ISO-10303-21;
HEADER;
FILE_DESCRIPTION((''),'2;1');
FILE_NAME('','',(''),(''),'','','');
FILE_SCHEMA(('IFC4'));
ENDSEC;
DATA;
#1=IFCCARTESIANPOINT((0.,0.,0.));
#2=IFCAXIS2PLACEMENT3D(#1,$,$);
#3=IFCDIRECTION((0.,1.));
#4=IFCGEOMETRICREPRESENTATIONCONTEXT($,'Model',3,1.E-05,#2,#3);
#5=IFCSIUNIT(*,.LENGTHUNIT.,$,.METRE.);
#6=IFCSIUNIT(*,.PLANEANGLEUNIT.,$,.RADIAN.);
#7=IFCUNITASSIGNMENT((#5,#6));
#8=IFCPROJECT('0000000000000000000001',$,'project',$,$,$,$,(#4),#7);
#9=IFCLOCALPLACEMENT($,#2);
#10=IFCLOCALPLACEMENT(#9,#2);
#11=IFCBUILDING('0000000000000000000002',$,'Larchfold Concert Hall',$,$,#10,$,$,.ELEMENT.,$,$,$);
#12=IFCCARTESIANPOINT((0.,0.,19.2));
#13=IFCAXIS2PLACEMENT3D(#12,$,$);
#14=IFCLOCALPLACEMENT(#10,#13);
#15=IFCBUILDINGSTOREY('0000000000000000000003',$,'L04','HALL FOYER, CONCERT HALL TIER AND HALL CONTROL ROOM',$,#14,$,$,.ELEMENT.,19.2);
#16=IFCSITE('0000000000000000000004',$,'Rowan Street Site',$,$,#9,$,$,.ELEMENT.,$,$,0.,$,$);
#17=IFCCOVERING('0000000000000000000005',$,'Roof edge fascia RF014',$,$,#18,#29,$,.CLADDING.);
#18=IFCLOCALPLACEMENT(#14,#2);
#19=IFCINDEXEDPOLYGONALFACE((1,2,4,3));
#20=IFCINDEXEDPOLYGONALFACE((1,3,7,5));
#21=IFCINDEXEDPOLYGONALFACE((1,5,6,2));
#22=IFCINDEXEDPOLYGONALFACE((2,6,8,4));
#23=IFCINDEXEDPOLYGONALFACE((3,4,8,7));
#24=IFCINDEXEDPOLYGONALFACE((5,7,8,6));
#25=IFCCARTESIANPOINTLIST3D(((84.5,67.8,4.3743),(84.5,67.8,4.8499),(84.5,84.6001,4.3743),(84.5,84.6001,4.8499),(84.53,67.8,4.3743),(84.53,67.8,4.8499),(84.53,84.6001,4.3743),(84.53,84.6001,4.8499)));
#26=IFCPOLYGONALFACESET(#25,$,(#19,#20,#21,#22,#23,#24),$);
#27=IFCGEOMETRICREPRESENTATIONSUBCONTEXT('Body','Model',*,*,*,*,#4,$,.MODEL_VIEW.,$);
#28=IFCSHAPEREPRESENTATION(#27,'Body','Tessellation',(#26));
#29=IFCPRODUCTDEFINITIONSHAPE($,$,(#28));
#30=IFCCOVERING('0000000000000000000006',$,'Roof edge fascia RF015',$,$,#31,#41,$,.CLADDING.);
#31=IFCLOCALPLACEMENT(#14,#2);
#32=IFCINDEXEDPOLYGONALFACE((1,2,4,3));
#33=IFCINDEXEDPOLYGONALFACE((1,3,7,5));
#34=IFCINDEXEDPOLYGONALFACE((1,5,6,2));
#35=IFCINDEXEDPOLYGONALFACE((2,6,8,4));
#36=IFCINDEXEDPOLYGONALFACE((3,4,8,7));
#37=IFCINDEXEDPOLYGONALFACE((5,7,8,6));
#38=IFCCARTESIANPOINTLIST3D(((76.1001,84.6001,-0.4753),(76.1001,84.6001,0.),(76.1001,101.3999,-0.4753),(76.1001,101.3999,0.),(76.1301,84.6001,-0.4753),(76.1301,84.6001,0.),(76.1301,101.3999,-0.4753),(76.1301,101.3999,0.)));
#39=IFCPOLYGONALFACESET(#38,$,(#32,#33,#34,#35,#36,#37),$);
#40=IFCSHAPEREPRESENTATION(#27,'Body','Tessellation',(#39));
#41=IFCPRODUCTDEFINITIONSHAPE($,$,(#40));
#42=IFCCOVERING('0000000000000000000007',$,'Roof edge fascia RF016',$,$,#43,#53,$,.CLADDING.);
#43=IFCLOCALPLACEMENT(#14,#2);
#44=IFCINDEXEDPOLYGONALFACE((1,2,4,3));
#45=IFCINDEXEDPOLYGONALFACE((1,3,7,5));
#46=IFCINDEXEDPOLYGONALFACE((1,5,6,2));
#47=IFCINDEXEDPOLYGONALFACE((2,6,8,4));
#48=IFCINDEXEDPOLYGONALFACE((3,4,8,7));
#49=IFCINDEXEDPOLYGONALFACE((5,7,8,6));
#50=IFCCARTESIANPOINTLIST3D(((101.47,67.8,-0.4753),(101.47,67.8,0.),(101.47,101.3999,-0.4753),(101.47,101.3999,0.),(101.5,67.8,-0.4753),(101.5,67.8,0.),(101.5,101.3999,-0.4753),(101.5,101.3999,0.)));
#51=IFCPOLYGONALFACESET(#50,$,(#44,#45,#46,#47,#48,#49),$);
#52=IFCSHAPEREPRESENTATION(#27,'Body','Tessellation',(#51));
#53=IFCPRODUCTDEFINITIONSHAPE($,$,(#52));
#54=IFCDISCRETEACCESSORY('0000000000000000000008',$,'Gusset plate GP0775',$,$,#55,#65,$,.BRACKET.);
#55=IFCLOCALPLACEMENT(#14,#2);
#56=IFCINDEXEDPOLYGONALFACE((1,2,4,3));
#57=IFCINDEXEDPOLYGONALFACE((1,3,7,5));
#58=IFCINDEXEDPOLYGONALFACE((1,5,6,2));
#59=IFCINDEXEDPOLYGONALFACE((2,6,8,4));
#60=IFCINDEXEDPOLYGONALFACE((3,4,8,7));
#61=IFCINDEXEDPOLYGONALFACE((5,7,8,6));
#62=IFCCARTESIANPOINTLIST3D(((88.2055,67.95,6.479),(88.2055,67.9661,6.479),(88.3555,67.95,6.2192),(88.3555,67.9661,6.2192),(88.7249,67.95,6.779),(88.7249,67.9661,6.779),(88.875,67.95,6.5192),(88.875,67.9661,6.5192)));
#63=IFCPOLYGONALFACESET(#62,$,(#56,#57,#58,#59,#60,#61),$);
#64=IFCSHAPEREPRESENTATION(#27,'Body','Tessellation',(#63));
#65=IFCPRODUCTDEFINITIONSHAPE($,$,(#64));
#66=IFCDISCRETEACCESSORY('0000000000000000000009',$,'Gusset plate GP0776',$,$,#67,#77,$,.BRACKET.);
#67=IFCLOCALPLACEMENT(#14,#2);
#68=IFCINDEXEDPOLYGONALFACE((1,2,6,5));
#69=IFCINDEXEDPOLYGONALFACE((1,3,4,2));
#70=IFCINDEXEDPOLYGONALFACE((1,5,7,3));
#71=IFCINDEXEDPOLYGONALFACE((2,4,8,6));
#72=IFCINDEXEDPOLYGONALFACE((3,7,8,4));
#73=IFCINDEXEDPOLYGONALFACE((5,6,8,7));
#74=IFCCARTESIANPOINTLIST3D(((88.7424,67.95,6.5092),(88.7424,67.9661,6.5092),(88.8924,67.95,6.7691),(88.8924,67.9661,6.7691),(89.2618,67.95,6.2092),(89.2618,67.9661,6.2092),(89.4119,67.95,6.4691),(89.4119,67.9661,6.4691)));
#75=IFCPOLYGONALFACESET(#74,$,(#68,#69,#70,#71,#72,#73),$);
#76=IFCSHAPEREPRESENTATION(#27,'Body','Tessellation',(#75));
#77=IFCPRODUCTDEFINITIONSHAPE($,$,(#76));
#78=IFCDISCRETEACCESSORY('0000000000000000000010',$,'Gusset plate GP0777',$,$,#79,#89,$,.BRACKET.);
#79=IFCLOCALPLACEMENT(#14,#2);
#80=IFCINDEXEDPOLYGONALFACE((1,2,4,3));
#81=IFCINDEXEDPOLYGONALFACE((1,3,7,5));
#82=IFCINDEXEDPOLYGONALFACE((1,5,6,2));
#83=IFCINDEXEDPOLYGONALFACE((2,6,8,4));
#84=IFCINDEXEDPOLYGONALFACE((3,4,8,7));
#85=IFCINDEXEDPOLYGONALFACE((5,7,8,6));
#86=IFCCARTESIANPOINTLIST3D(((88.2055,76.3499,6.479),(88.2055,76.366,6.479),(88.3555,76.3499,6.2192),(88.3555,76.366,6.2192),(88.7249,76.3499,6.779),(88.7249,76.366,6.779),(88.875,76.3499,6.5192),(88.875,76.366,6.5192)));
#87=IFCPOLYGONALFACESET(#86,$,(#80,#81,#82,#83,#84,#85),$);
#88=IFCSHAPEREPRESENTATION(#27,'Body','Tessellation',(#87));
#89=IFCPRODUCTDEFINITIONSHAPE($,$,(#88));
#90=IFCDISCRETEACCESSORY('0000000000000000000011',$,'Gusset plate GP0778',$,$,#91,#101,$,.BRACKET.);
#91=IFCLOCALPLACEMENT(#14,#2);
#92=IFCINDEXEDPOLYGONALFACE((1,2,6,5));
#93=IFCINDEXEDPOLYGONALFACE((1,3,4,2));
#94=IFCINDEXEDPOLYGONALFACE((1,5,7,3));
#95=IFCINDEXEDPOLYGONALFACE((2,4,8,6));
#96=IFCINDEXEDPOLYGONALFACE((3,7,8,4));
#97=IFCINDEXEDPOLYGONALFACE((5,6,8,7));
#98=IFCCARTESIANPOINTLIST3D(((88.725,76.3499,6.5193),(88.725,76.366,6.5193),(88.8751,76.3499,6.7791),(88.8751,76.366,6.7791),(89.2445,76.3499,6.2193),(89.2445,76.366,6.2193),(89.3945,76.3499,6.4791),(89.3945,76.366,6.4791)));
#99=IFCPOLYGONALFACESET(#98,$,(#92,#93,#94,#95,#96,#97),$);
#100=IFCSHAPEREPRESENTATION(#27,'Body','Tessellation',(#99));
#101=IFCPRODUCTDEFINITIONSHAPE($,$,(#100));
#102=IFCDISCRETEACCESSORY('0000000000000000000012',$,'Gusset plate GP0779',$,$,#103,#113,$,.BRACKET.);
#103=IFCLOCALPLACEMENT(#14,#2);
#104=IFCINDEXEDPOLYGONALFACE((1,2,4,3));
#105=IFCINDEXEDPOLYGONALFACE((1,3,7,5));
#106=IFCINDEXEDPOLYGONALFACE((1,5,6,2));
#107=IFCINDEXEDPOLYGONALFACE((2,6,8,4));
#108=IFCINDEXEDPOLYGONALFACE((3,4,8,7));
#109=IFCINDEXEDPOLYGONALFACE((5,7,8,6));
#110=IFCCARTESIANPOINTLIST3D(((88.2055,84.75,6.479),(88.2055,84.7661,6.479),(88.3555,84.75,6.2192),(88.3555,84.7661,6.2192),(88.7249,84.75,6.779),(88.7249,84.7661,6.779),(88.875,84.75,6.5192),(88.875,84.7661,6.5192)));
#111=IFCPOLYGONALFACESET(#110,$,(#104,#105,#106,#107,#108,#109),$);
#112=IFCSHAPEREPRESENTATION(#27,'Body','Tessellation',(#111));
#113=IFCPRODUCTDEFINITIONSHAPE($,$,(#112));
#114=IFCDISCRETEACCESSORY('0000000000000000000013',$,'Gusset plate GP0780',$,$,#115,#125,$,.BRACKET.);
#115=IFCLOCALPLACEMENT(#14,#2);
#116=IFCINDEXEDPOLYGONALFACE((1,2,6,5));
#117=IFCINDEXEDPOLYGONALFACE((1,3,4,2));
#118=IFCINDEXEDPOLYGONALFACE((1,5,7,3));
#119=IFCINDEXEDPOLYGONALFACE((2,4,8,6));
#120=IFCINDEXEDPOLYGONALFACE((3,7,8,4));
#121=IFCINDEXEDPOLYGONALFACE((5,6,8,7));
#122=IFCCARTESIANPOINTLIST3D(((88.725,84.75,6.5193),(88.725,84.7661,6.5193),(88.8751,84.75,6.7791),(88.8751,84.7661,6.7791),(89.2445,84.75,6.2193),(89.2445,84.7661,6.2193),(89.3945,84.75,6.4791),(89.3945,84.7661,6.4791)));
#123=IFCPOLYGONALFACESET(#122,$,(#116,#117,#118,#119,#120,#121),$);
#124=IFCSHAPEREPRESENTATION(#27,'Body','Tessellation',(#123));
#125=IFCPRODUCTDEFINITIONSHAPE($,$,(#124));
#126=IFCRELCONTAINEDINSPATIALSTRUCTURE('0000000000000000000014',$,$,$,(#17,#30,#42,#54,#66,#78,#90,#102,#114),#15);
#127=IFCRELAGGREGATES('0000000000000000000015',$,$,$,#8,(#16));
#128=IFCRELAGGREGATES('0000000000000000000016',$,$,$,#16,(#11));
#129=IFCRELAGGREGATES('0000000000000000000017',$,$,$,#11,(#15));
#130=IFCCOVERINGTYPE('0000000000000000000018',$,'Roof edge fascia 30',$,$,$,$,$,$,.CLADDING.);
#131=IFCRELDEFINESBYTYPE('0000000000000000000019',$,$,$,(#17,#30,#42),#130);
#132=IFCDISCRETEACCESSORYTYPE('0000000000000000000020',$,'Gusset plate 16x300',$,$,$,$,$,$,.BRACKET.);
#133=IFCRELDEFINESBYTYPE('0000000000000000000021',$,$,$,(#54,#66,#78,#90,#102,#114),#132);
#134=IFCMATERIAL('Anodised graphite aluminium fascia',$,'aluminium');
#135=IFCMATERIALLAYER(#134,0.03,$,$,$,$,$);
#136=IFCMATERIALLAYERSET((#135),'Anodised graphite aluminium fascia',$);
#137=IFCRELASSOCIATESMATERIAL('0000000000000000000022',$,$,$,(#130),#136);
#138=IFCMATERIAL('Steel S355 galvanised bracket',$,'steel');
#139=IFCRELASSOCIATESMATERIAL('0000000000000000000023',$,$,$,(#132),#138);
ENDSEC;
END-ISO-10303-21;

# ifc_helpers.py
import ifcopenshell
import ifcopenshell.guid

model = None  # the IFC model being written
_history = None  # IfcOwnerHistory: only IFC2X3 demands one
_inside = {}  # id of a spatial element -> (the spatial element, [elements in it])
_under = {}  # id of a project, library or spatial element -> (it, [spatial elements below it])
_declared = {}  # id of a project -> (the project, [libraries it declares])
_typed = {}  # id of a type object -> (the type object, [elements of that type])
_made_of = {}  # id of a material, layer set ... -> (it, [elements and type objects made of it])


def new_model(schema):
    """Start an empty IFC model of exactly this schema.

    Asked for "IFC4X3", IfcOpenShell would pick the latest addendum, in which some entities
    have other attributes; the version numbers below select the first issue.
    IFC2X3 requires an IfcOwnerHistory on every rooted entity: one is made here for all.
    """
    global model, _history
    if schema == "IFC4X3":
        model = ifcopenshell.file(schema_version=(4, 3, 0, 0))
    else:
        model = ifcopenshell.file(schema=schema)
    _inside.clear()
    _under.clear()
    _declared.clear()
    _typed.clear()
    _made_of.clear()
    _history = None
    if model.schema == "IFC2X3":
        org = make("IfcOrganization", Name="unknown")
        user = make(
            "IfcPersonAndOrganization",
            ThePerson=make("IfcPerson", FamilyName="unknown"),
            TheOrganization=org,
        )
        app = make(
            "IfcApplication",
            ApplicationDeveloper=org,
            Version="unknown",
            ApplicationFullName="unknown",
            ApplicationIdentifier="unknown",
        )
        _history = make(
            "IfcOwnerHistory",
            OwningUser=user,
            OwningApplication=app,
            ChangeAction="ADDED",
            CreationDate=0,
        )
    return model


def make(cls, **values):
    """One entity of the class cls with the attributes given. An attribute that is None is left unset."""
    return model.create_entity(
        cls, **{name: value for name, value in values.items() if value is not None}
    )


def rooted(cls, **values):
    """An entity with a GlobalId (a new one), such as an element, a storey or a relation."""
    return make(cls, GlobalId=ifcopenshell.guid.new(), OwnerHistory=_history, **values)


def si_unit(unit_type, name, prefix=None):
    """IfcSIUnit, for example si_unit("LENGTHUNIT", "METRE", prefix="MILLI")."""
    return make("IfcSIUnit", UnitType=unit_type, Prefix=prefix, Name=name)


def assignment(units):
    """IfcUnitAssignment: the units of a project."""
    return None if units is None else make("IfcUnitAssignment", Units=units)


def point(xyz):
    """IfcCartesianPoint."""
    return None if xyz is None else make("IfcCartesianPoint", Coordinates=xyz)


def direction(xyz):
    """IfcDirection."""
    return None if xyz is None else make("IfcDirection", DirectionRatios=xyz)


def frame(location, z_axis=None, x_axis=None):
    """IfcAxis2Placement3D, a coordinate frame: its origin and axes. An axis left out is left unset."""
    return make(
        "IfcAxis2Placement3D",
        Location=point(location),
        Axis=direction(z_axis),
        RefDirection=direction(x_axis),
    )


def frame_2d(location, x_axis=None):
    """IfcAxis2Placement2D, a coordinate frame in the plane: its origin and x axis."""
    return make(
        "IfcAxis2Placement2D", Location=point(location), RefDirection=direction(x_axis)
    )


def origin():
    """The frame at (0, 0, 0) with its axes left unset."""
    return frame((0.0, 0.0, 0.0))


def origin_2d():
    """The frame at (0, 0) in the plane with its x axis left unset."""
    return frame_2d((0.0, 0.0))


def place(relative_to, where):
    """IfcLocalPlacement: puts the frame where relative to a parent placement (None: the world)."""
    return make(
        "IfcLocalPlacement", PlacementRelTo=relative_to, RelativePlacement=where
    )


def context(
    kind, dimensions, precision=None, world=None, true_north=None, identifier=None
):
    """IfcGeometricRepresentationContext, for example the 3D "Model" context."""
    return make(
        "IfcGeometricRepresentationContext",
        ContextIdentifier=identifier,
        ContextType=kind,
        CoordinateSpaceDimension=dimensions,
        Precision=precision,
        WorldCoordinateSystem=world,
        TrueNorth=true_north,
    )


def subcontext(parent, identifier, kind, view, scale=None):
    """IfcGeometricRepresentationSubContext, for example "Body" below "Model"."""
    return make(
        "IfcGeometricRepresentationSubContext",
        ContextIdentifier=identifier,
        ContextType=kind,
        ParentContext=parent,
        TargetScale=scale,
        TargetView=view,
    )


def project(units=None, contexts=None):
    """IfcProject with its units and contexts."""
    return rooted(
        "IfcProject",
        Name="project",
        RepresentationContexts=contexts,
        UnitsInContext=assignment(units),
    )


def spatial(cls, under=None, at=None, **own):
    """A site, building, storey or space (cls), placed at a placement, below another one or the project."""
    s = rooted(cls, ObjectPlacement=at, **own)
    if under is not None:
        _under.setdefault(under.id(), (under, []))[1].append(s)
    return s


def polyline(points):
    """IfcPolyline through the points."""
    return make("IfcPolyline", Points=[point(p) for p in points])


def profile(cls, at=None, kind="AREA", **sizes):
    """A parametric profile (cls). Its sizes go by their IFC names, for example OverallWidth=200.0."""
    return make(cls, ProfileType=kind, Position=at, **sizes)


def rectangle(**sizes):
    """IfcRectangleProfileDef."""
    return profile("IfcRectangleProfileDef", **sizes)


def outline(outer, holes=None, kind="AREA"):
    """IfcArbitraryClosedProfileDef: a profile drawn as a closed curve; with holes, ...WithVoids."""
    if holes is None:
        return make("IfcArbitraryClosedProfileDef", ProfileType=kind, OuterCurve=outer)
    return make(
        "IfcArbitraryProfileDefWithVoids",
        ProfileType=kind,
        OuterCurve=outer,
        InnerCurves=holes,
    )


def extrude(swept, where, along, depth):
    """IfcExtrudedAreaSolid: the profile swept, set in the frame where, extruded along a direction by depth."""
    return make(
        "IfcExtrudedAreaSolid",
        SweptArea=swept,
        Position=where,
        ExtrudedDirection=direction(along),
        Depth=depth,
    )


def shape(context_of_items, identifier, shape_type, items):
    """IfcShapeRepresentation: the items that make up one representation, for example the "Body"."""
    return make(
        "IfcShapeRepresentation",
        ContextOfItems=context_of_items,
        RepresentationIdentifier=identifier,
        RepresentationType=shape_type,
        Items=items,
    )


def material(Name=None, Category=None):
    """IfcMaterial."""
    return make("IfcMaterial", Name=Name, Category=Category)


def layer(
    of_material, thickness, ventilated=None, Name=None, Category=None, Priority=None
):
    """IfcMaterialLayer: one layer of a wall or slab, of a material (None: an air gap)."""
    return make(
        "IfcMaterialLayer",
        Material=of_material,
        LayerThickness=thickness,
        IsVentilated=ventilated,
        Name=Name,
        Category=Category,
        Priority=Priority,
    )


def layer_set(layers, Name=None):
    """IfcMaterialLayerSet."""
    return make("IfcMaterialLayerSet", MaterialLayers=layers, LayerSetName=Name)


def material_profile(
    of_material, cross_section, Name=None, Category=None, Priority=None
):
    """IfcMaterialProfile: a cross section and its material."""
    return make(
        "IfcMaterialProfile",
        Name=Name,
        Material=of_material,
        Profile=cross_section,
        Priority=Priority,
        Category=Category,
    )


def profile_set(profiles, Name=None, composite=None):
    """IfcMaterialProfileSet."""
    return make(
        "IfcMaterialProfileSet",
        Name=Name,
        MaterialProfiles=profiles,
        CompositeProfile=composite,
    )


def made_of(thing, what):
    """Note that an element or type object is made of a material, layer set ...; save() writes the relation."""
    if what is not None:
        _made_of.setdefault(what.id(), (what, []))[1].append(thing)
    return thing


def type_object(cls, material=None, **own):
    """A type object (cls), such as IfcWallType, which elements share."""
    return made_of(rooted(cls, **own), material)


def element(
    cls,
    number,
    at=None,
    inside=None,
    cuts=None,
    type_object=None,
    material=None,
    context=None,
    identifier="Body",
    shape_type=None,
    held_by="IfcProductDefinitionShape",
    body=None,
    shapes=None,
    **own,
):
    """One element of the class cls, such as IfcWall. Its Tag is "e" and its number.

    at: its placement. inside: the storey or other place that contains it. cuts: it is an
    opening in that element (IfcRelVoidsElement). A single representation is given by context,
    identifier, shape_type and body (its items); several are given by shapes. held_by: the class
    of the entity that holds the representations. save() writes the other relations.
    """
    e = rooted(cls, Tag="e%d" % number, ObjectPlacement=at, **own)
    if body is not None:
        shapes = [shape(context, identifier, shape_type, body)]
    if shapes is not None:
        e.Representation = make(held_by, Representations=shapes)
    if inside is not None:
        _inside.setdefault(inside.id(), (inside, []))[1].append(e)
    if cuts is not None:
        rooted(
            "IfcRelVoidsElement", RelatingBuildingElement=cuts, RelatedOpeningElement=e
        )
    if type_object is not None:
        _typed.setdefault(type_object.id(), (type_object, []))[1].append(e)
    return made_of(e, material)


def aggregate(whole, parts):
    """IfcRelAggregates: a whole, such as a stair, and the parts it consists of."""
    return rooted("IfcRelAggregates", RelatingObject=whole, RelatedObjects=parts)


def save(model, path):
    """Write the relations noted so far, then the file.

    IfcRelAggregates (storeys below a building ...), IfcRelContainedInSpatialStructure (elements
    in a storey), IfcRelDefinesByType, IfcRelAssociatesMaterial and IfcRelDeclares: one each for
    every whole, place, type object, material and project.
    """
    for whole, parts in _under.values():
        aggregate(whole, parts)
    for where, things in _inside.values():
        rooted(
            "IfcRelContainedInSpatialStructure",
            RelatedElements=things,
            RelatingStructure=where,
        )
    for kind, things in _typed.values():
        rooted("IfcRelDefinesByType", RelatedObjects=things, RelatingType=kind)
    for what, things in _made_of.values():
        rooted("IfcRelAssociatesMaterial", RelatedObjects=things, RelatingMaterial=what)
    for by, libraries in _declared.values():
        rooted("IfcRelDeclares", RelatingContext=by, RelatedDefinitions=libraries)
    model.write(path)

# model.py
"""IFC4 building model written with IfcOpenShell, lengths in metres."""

from ifc_helpers import new_model, si_unit, direction, frame, origin, origin_2d, place, context, subcontext, project, spatial, polyline, rectangle, outline, extrude, material, layer, layer_set, material_profile, profile_set, type_object, element, save


model = new_model("IFC4")

# Units and contexts
model_context = context("Model", 3, precision=1e-05, world=origin(), true_north=direction((0.0, 1.0)))
body_context = subcontext(model_context, "Body", "Model", "MODEL_VIEW")
ifc_project = project(units=[si_unit("LENGTHUNIT", "METRE"), si_unit("PLANEANGLEUNIT", "RADIAN")], contexts=[model_context])

# Site, building, storey
site_placement = place(None, origin())
site = spatial("IfcSite", under=ifc_project, at=site_placement, Name="Rowan Street Site", CompositionType="ELEMENT", RefElevation=0.0)
building_placement = place(site_placement, origin())
building = spatial("IfcBuilding", under=site, at=building_placement, Name="Larchfold Concert Hall", CompositionType="ELEMENT")
storey_placement = place(building_placement, frame((0.0, 0.0, 19.2)))
storey = spatial("IfcBuildingStorey", under=building, at=storey_placement, Name="L04", Description="HALL FOYER, CONCERT HALL TIER AND HALL CONTROL ROOM", CompositionType="ELEMENT", Elevation=19.2)

# Coverings
ifc_material_1 = material(Name="Anodised graphite aluminium fascia", Category="aluminium")
ifc_layer_1 = layer(ifc_material_1, 0.03)
ifc_layer_set_1 = layer_set([ifc_layer_1], Name="Anodised graphite aluminium fascia")
covering_type_1 = type_object("IfcCoveringType", Name="Roof edge fascia 30", PredefinedType="CLADDING", material=ifc_layer_set_1)
covering_1_placement = place(storey_placement, frame((84.5, 67.8, 4.8499), z_axis=(-1.0, 0.0, 0.0), x_axis=(0.0, 1.0, 0.0)))
element("IfcCovering", 1, at=covering_1_placement, inside=storey, type_object=covering_type_1, Name="Roof edge fascia RF014", PredefinedType="CLADDING", context=body_context, shape_type="SweptSolid", body=[
    extrude(outline(polyline([(0.0, 0.0), (16.8, 0.0), (16.8, 0.4756), (0.0, 0.4756), (0.0, 0.0)])), origin(), (0.0, 0.0, -1.0), 0.03),
])
covering_2_placement = place(storey_placement, frame((76.1001, 84.6001, 0.0), z_axis=(-1.0, 0.0, 0.0), x_axis=(0.0, 1.0, 0.0)))
element("IfcCovering", 2, at=covering_2_placement, inside=storey, type_object=covering_type_1, Name="Roof edge fascia RF015", PredefinedType="CLADDING", context=body_context, shape_type="SweptSolid", body=[
    extrude(outline(polyline([(0.0, 0.0), (16.7998, 0.0), (16.7998, 0.4753), (0.0, 0.4753), (0.0, 0.0)])), origin(), (0.0, 0.0, -1.0), 0.03),
])
covering_3_placement = place(storey_placement, frame((101.5, 67.8, -0.4753), z_axis=(1.0, 0.0, 0.0), x_axis=(0.0, 1.0, 0.0)))
element("IfcCovering", 3, at=covering_3_placement, inside=storey, type_object=covering_type_1, Name="Roof edge fascia RF016", PredefinedType="CLADDING", context=body_context, shape_type="SweptSolid", body=[
    extrude(outline(polyline([(0.0, 0.0), (33.5999, 0.0), (33.5999, 0.4753), (0.0, 0.4753), (0.0, 0.0)])), origin(), (0.0, 0.0, -1.0), 0.03),
])

# Discrete accessories
ifc_material_2 = material(Name="Steel S355 galvanised bracket", Category="steel")
ifc_material_profile_1 = material_profile(ifc_material_2, rectangle(XDim=0.0161, YDim=0.3, at=origin_2d()))
ifc_profile_set_1 = profile_set([ifc_material_profile_1], Name="Steel S355 galvanised bracket")
discrete_accessory_type = type_object("IfcDiscreteAccessoryType", Name="Gusset plate 16x300", PredefinedType="BRACKET", material=ifc_profile_set_1)
for number, where, z_axis, x_axis, name in (
    (4, (88.2805, 67.958, 6.3491), (0.865955, 0.0, 0.500122), (0.0, 1.0, 0.0), "Gusset plate GP0775"),
    (5, (88.8174, 67.958, 6.6392), (0.865955, 0.0, -0.500122), (0.0, 1.0, 0.0), "Gusset plate GP0776"),
    (6, (88.2805, 76.3579, 6.3491), (0.865955, 0.0, 0.500122), (0.0, 1.0, 0.0), "Gusset plate GP0777"),
    (7, (88.8, 76.3579, 6.6492), (0.865955, 0.0, -0.500122), (0.0, 1.0, 0.0), "Gusset plate GP0778"),
    (8, (88.2805, 84.7581, 6.3491), (0.865955, 0.0, 0.500122), (0.0, 1.0, 0.0), "Gusset plate GP0779"),
    (9, (88.8, 84.7581, 6.6492), (0.865955, 0.0, -0.500122), (0.0, 1.0, 0.0), "Gusset plate GP0780"),
):
    element("IfcDiscreteAccessory", number, at=place(storey_placement, frame(where, z_axis=z_axis, x_axis=x_axis)), inside=storey, type_object=discrete_accessory_type, Name=name, PredefinedType="BRACKET", context=body_context, shape_type="SweptSolid", body=[
        extrude(rectangle(XDim=0.0161, YDim=0.3, at=origin_2d()), origin(), (0.0, 0.0, 1.0), 0.5999),
    ])

save(model, "model.ifc")
